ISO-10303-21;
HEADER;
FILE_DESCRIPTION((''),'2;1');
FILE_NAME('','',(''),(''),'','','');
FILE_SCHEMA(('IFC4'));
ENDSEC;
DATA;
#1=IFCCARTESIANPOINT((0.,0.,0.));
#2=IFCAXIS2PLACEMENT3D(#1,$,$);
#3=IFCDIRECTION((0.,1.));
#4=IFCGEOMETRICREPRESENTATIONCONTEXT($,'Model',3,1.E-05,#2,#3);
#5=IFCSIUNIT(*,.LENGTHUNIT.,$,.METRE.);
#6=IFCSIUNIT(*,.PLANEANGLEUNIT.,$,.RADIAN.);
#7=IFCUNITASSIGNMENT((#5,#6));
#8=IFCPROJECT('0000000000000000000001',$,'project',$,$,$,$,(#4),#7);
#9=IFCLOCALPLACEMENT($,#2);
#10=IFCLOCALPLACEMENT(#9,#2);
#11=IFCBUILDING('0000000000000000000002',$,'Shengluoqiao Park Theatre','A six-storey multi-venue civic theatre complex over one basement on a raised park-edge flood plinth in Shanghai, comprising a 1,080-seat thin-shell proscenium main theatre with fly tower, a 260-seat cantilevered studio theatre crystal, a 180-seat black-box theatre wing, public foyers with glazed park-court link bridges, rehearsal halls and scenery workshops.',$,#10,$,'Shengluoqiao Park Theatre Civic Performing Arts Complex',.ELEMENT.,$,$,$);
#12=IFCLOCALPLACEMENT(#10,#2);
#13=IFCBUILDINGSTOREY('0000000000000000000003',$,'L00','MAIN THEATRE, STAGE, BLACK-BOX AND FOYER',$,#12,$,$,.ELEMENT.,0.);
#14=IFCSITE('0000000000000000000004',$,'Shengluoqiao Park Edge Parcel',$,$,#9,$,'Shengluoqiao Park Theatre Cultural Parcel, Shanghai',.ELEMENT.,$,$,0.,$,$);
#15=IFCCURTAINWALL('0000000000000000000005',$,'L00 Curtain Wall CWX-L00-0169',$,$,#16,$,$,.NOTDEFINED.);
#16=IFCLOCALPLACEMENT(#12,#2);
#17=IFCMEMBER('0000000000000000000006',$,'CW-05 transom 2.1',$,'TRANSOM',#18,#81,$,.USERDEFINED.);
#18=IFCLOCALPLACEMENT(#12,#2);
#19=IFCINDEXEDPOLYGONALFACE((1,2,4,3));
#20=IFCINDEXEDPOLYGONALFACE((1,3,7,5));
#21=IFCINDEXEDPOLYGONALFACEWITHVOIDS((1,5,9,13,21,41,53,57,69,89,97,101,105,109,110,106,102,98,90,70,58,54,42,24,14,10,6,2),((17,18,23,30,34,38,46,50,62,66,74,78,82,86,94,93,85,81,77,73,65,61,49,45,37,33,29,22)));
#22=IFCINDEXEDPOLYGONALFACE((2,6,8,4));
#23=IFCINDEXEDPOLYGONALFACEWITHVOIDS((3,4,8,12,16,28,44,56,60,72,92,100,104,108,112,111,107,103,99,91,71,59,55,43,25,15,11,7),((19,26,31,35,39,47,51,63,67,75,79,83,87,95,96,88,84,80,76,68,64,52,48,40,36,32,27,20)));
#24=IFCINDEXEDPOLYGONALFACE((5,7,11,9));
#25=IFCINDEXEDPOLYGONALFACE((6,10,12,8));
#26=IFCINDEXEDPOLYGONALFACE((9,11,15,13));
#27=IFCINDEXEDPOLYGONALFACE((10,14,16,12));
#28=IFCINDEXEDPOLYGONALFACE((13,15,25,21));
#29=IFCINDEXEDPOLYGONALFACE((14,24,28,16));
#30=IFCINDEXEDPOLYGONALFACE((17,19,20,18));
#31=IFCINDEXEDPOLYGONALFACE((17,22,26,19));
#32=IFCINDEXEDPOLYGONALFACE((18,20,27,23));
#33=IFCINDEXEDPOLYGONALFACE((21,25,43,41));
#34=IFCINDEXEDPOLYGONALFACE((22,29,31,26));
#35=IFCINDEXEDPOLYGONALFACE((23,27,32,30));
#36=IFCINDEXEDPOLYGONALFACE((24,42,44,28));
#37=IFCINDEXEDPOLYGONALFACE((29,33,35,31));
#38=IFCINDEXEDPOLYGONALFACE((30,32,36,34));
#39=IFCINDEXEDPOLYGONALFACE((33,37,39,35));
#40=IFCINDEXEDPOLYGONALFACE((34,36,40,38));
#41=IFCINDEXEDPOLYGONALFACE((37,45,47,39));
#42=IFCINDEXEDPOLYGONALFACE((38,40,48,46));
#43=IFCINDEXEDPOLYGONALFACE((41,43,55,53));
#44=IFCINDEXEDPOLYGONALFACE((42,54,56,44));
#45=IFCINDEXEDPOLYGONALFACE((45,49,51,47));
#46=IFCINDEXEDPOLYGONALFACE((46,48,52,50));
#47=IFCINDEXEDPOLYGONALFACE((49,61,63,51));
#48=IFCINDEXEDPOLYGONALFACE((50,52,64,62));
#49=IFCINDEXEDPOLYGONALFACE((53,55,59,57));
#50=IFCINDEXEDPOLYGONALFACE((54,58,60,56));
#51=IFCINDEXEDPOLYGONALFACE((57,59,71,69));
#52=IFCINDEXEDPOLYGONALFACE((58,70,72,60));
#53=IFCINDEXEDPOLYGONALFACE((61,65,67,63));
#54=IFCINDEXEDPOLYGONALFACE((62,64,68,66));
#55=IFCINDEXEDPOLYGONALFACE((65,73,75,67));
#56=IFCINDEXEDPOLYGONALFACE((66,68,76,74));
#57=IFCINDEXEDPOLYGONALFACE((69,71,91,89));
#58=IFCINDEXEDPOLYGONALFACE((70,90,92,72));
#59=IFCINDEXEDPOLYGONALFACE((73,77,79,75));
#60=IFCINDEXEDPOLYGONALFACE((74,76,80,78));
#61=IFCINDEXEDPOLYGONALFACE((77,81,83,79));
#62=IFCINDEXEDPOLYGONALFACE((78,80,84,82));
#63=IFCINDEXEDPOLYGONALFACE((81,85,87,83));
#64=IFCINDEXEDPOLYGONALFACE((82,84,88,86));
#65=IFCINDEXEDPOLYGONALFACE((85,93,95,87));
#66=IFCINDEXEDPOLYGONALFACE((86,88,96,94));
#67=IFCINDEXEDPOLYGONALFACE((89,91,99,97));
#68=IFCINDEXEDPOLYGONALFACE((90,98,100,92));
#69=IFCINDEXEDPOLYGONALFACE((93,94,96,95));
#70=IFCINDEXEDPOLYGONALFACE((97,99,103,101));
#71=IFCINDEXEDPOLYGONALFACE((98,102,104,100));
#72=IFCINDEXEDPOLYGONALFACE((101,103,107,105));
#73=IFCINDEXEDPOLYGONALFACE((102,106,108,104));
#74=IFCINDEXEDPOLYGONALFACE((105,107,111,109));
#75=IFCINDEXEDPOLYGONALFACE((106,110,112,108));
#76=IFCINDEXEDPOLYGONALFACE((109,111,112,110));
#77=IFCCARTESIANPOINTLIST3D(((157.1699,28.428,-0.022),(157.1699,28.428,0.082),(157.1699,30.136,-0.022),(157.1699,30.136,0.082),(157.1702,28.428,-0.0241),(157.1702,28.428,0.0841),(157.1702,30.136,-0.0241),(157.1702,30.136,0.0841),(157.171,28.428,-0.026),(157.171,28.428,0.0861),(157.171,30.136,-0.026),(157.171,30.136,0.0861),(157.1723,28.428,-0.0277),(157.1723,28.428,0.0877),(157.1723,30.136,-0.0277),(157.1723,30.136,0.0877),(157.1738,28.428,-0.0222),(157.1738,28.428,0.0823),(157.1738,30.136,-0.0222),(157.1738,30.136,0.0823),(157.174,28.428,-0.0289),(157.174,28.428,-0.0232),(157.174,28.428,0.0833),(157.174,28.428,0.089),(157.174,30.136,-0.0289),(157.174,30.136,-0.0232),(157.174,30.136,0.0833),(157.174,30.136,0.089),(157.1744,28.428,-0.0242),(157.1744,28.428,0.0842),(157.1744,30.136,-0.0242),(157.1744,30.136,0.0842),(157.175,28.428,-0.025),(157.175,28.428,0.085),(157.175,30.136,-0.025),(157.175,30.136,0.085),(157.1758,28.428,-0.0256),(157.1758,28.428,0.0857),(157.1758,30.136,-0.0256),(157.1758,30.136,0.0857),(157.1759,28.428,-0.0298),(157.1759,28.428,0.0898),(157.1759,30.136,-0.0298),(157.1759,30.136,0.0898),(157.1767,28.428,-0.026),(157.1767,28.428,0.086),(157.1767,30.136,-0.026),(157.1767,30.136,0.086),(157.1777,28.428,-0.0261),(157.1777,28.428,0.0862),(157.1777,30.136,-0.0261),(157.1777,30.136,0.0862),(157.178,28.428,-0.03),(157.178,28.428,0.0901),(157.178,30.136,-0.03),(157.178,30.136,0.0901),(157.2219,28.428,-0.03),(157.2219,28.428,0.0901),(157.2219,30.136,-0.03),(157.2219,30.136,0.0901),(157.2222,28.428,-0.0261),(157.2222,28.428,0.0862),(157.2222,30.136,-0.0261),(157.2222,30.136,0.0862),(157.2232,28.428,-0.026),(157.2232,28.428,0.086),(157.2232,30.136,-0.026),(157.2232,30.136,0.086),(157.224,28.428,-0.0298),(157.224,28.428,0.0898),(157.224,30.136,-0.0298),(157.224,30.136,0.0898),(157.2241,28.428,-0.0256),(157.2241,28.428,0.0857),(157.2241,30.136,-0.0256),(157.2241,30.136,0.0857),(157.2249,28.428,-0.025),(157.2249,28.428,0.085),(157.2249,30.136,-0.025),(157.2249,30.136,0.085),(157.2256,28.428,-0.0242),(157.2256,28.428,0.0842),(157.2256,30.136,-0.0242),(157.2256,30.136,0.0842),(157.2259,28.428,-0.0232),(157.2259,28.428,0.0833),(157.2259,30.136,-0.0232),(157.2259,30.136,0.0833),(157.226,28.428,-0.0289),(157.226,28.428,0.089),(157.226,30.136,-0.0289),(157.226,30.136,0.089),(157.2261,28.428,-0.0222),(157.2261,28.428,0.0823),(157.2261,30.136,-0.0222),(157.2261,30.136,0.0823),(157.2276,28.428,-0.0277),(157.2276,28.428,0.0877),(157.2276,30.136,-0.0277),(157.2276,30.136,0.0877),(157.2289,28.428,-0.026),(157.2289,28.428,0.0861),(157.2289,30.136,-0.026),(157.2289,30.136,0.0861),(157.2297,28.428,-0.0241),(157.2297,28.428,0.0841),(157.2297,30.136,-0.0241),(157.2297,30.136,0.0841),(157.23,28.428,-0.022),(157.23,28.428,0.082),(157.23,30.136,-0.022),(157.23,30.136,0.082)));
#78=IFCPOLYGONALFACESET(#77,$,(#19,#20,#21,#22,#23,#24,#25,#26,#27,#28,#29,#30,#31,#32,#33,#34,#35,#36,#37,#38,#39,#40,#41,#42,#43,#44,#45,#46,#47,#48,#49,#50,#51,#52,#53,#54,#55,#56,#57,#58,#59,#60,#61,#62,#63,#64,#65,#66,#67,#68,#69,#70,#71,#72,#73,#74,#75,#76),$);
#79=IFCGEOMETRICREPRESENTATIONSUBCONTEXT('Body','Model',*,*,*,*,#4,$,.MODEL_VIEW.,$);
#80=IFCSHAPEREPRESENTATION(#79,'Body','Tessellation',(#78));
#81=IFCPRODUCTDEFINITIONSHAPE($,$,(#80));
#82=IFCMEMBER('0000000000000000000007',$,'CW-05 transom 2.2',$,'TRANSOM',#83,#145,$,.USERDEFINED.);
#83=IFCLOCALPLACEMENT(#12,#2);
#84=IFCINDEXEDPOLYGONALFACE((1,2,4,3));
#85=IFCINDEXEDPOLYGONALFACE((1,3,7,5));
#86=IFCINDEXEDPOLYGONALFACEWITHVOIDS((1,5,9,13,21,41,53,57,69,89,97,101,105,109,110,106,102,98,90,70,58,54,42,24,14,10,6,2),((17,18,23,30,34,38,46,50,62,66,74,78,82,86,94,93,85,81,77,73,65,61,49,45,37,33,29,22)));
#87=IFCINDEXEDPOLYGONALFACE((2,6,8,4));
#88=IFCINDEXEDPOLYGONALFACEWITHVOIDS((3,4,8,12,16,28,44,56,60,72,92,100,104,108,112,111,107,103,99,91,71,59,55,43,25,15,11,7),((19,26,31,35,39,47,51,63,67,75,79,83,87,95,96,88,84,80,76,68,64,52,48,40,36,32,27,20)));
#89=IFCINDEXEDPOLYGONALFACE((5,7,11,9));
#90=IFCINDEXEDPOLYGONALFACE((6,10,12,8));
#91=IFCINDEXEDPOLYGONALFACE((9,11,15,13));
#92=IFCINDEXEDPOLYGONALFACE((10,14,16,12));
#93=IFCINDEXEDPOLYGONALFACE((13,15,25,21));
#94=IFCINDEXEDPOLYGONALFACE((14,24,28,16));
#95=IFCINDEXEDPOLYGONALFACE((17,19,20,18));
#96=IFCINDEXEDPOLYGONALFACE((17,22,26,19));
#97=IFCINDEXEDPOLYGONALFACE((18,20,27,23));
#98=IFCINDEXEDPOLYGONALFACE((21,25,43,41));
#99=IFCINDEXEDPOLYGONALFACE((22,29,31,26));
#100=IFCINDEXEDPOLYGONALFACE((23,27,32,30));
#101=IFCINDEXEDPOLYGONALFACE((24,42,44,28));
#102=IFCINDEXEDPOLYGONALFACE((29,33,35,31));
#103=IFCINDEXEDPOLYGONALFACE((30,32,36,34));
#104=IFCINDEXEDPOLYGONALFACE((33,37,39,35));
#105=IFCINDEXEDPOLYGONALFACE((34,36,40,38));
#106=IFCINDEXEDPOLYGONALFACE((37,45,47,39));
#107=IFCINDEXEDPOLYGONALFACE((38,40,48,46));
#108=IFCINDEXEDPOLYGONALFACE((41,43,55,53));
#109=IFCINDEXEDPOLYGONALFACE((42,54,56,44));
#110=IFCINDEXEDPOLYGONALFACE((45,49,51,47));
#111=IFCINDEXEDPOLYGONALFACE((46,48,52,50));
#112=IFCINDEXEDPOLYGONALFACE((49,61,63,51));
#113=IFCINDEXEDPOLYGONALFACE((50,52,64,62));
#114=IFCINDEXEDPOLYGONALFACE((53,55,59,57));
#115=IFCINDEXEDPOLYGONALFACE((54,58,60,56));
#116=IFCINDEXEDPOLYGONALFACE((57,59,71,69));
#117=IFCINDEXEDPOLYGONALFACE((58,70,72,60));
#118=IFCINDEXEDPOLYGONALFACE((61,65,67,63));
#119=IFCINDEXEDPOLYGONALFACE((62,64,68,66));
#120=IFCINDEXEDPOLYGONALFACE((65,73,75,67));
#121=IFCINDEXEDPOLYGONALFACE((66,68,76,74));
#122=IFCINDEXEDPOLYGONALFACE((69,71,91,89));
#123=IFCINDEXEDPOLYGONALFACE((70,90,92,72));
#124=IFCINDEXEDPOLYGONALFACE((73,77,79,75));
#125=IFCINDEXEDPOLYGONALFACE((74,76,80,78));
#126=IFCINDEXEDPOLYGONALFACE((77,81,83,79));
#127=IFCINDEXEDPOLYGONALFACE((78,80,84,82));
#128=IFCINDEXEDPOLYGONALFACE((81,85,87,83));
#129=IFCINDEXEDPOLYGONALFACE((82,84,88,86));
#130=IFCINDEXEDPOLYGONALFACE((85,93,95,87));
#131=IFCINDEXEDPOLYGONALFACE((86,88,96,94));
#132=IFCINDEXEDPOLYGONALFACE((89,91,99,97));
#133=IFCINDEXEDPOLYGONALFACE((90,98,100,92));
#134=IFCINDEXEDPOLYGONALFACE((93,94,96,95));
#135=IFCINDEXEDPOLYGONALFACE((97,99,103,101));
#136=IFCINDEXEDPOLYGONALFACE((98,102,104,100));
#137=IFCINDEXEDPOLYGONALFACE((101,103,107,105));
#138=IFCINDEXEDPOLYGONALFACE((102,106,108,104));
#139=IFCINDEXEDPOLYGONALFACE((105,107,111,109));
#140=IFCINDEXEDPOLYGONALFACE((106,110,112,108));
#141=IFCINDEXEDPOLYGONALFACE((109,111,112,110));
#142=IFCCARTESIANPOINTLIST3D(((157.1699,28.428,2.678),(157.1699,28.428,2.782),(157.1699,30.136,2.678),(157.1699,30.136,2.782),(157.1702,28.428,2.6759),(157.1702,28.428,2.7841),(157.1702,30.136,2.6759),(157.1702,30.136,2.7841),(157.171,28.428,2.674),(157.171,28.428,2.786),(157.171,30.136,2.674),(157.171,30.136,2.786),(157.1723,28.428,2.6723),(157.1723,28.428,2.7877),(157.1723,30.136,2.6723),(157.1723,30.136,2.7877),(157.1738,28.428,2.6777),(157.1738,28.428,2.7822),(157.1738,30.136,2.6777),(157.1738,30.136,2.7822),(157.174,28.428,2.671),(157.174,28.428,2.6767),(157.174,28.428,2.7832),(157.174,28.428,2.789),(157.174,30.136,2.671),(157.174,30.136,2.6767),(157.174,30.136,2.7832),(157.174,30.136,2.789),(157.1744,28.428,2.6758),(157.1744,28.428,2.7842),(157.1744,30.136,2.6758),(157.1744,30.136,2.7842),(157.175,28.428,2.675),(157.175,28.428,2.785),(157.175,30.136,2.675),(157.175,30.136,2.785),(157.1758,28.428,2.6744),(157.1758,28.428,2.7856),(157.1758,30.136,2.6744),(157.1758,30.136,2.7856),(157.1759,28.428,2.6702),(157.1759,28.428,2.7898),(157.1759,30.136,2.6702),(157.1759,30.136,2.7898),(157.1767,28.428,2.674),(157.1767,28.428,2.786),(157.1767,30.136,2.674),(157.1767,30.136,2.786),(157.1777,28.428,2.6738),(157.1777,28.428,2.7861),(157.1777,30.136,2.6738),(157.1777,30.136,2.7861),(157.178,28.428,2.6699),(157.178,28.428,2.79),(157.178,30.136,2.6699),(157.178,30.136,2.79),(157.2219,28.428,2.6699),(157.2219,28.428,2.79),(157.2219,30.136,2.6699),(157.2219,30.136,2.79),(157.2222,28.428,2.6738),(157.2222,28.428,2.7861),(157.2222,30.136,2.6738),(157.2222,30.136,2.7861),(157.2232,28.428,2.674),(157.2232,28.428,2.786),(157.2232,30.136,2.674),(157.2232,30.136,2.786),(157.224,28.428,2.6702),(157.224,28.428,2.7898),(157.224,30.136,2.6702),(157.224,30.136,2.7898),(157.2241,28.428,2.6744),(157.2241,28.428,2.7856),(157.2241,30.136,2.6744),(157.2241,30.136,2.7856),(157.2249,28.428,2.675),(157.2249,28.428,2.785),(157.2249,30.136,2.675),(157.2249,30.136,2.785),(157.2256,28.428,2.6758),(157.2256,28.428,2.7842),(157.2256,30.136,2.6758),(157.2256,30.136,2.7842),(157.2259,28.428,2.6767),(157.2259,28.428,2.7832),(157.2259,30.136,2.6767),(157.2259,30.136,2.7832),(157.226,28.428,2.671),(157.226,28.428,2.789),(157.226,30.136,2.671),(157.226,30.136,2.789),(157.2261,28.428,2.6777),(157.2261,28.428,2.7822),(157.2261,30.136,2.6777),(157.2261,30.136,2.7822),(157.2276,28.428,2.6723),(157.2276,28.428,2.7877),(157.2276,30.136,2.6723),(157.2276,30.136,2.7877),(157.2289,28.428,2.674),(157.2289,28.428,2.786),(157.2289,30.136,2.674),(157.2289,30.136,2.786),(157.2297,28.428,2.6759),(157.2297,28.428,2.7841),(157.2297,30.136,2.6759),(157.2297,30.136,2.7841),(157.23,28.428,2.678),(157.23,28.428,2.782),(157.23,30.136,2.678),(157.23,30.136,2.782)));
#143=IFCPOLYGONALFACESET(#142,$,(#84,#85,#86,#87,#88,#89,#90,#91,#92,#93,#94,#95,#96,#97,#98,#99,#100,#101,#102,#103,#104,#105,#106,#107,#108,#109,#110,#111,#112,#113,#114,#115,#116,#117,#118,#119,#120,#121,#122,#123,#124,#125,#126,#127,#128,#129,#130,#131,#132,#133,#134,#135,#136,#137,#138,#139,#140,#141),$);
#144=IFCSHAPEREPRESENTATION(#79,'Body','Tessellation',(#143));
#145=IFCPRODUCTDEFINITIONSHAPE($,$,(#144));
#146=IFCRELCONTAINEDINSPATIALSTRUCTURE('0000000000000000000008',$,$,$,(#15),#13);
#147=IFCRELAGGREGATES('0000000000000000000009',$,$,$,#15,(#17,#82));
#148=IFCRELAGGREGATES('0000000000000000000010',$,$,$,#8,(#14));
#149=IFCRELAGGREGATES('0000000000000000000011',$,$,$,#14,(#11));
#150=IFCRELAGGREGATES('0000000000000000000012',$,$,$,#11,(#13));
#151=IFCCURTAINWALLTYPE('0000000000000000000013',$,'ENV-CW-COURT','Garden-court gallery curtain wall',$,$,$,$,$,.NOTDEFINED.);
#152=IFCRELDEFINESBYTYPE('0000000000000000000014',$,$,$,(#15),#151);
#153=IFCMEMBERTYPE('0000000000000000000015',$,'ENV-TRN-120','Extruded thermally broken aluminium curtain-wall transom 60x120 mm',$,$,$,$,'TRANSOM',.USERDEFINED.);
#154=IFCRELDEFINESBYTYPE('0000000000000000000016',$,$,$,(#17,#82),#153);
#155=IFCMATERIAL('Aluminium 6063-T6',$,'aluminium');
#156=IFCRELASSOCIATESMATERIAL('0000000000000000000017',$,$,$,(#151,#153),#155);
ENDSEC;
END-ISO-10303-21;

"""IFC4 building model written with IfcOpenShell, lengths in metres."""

from ifc_helpers import new_model, si_unit, direction, frame, origin, origin_2d, place, context, subcontext, project, spatial, hollow_rectangle, extrude, material, material_profile, profile_set, type_object, element, aggregate, save


model = new_model("IFC4")

# Units and contexts
model_context = context("Model", 3, precision=1e-05, world=origin(), true_north=direction((0.0, 1.0)))
body_context = subcontext(model_context, "Body", "Model", "MODEL_VIEW")
ifc_project = project(units=[si_unit("LENGTHUNIT", "METRE"), si_unit("PLANEANGLEUNIT", "RADIAN")], contexts=[model_context])

# Site, building, storey
site_placement = place(None, origin())
site = spatial("IfcSite", under=ifc_project, at=site_placement, Name="Shengluoqiao Park Edge Parcel", LongName="Shengluoqiao Park Theatre Cultural Parcel, Shanghai", CompositionType="ELEMENT", RefElevation=0.0)
building_placement = place(site_placement, origin())
building = spatial("IfcBuilding", under=site, at=building_placement, Name="Shengluoqiao Park Theatre", Description="A six-storey multi-venue civic theatre complex over one basement on a raised park-edge flood plinth in Shanghai, comprising a 1,080-seat thin-shell proscenium main theatre with fly tower, a 260-seat cantilevered studio theatre crystal, a 180-seat black-box theatre wing, public foyers with glazed park-court link bridges, rehearsal halls and scenery workshops.", LongName="Shengluoqiao Park Theatre Civic Performing Arts Complex", CompositionType="ELEMENT")
storey_placement = place(building_placement, origin())
storey = spatial("IfcBuildingStorey", under=building, at=storey_placement, Name="L00", Description="MAIN THEATRE, STAGE, BLACK-BOX AND FOYER", CompositionType="ELEMENT", Elevation=0.0)

# Shared definitions
ifc_material_1 = material(Name="Aluminium 6063-T6", Category="aluminium")
curtain_wall_type = type_object("IfcCurtainWallType", Name="ENV-CW-COURT", Description="Garden-court gallery curtain wall", PredefinedType="NOTDEFINED", material=ifc_material_1)

# Curtain wall
curtain_wall_1_placement = place(storey_placement, origin())
curtain_wall_1 = element("IfcCurtainWall", 1, at=curtain_wall_1_placement, inside=storey, type_object=curtain_wall_type, Name="L00 Curtain Wall CWX-L00-0169", PredefinedType="NOTDEFINED")

# Members
ifc_material_profile_1 = material_profile(ifc_material_1, hollow_rectangle(XDim=0.0601, YDim=0.1201, WallThickness=0.0039, InnerFilletRadius=0.0039, OuterFilletRadius=0.0081, at=origin_2d()), Name="ALU TRANSOM 120x60x4")
ifc_profile_set_1 = profile_set([ifc_material_profile_1], Name="Aluminium 6063-T6")
member_type_1 = type_object("IfcMemberType", Name="ENV-TRN-120", Description="Extruded thermally broken aluminium curtain-wall transom 60x120 mm", ElementType="TRANSOM", PredefinedType="USERDEFINED", material=ifc_profile_set_1)
member_1_placement = place(storey_placement, frame((157.2, 28.428, 0.03), z_axis=(0.0, 1.0, 0.0), x_axis=(-1.0, 0.0, 0.0)))
member_1 = element("IfcMember", 2, at=member_1_placement, type_object=member_type_1, Name="CW-05 transom 2.1", ObjectType="TRANSOM", PredefinedType="USERDEFINED", context=body_context, shape_type="SweptSolid", body=[
    extrude(hollow_rectangle(XDim=0.0601, YDim=0.1201, WallThickness=0.0039, InnerFilletRadius=0.0039, OuterFilletRadius=0.0081, at=origin_2d()), origin(), (0.0, 0.0, 1.0), 1.708),
])
member_2_placement = place(storey_placement, frame((157.2, 28.428, 2.73), z_axis=(0.0, 1.0, 0.0), x_axis=(-1.0, 0.0, 0.0)))
member_2 = element("IfcMember", 3, at=member_2_placement, type_object=member_type_1, Name="CW-05 transom 2.2", ObjectType="TRANSOM", PredefinedType="USERDEFINED", context=body_context, shape_type="SweptSolid", body=[
    extrude(hollow_rectangle(XDim=0.0601, YDim=0.1201, WallThickness=0.0039, InnerFilletRadius=0.0039, OuterFilletRadius=0.0081, at=origin_2d()), origin(), (0.0, 0.0, 1.0), 1.708),
])

aggregate(curtain_wall_1, [member_1, member_2])

save(model, "model.ifc")
